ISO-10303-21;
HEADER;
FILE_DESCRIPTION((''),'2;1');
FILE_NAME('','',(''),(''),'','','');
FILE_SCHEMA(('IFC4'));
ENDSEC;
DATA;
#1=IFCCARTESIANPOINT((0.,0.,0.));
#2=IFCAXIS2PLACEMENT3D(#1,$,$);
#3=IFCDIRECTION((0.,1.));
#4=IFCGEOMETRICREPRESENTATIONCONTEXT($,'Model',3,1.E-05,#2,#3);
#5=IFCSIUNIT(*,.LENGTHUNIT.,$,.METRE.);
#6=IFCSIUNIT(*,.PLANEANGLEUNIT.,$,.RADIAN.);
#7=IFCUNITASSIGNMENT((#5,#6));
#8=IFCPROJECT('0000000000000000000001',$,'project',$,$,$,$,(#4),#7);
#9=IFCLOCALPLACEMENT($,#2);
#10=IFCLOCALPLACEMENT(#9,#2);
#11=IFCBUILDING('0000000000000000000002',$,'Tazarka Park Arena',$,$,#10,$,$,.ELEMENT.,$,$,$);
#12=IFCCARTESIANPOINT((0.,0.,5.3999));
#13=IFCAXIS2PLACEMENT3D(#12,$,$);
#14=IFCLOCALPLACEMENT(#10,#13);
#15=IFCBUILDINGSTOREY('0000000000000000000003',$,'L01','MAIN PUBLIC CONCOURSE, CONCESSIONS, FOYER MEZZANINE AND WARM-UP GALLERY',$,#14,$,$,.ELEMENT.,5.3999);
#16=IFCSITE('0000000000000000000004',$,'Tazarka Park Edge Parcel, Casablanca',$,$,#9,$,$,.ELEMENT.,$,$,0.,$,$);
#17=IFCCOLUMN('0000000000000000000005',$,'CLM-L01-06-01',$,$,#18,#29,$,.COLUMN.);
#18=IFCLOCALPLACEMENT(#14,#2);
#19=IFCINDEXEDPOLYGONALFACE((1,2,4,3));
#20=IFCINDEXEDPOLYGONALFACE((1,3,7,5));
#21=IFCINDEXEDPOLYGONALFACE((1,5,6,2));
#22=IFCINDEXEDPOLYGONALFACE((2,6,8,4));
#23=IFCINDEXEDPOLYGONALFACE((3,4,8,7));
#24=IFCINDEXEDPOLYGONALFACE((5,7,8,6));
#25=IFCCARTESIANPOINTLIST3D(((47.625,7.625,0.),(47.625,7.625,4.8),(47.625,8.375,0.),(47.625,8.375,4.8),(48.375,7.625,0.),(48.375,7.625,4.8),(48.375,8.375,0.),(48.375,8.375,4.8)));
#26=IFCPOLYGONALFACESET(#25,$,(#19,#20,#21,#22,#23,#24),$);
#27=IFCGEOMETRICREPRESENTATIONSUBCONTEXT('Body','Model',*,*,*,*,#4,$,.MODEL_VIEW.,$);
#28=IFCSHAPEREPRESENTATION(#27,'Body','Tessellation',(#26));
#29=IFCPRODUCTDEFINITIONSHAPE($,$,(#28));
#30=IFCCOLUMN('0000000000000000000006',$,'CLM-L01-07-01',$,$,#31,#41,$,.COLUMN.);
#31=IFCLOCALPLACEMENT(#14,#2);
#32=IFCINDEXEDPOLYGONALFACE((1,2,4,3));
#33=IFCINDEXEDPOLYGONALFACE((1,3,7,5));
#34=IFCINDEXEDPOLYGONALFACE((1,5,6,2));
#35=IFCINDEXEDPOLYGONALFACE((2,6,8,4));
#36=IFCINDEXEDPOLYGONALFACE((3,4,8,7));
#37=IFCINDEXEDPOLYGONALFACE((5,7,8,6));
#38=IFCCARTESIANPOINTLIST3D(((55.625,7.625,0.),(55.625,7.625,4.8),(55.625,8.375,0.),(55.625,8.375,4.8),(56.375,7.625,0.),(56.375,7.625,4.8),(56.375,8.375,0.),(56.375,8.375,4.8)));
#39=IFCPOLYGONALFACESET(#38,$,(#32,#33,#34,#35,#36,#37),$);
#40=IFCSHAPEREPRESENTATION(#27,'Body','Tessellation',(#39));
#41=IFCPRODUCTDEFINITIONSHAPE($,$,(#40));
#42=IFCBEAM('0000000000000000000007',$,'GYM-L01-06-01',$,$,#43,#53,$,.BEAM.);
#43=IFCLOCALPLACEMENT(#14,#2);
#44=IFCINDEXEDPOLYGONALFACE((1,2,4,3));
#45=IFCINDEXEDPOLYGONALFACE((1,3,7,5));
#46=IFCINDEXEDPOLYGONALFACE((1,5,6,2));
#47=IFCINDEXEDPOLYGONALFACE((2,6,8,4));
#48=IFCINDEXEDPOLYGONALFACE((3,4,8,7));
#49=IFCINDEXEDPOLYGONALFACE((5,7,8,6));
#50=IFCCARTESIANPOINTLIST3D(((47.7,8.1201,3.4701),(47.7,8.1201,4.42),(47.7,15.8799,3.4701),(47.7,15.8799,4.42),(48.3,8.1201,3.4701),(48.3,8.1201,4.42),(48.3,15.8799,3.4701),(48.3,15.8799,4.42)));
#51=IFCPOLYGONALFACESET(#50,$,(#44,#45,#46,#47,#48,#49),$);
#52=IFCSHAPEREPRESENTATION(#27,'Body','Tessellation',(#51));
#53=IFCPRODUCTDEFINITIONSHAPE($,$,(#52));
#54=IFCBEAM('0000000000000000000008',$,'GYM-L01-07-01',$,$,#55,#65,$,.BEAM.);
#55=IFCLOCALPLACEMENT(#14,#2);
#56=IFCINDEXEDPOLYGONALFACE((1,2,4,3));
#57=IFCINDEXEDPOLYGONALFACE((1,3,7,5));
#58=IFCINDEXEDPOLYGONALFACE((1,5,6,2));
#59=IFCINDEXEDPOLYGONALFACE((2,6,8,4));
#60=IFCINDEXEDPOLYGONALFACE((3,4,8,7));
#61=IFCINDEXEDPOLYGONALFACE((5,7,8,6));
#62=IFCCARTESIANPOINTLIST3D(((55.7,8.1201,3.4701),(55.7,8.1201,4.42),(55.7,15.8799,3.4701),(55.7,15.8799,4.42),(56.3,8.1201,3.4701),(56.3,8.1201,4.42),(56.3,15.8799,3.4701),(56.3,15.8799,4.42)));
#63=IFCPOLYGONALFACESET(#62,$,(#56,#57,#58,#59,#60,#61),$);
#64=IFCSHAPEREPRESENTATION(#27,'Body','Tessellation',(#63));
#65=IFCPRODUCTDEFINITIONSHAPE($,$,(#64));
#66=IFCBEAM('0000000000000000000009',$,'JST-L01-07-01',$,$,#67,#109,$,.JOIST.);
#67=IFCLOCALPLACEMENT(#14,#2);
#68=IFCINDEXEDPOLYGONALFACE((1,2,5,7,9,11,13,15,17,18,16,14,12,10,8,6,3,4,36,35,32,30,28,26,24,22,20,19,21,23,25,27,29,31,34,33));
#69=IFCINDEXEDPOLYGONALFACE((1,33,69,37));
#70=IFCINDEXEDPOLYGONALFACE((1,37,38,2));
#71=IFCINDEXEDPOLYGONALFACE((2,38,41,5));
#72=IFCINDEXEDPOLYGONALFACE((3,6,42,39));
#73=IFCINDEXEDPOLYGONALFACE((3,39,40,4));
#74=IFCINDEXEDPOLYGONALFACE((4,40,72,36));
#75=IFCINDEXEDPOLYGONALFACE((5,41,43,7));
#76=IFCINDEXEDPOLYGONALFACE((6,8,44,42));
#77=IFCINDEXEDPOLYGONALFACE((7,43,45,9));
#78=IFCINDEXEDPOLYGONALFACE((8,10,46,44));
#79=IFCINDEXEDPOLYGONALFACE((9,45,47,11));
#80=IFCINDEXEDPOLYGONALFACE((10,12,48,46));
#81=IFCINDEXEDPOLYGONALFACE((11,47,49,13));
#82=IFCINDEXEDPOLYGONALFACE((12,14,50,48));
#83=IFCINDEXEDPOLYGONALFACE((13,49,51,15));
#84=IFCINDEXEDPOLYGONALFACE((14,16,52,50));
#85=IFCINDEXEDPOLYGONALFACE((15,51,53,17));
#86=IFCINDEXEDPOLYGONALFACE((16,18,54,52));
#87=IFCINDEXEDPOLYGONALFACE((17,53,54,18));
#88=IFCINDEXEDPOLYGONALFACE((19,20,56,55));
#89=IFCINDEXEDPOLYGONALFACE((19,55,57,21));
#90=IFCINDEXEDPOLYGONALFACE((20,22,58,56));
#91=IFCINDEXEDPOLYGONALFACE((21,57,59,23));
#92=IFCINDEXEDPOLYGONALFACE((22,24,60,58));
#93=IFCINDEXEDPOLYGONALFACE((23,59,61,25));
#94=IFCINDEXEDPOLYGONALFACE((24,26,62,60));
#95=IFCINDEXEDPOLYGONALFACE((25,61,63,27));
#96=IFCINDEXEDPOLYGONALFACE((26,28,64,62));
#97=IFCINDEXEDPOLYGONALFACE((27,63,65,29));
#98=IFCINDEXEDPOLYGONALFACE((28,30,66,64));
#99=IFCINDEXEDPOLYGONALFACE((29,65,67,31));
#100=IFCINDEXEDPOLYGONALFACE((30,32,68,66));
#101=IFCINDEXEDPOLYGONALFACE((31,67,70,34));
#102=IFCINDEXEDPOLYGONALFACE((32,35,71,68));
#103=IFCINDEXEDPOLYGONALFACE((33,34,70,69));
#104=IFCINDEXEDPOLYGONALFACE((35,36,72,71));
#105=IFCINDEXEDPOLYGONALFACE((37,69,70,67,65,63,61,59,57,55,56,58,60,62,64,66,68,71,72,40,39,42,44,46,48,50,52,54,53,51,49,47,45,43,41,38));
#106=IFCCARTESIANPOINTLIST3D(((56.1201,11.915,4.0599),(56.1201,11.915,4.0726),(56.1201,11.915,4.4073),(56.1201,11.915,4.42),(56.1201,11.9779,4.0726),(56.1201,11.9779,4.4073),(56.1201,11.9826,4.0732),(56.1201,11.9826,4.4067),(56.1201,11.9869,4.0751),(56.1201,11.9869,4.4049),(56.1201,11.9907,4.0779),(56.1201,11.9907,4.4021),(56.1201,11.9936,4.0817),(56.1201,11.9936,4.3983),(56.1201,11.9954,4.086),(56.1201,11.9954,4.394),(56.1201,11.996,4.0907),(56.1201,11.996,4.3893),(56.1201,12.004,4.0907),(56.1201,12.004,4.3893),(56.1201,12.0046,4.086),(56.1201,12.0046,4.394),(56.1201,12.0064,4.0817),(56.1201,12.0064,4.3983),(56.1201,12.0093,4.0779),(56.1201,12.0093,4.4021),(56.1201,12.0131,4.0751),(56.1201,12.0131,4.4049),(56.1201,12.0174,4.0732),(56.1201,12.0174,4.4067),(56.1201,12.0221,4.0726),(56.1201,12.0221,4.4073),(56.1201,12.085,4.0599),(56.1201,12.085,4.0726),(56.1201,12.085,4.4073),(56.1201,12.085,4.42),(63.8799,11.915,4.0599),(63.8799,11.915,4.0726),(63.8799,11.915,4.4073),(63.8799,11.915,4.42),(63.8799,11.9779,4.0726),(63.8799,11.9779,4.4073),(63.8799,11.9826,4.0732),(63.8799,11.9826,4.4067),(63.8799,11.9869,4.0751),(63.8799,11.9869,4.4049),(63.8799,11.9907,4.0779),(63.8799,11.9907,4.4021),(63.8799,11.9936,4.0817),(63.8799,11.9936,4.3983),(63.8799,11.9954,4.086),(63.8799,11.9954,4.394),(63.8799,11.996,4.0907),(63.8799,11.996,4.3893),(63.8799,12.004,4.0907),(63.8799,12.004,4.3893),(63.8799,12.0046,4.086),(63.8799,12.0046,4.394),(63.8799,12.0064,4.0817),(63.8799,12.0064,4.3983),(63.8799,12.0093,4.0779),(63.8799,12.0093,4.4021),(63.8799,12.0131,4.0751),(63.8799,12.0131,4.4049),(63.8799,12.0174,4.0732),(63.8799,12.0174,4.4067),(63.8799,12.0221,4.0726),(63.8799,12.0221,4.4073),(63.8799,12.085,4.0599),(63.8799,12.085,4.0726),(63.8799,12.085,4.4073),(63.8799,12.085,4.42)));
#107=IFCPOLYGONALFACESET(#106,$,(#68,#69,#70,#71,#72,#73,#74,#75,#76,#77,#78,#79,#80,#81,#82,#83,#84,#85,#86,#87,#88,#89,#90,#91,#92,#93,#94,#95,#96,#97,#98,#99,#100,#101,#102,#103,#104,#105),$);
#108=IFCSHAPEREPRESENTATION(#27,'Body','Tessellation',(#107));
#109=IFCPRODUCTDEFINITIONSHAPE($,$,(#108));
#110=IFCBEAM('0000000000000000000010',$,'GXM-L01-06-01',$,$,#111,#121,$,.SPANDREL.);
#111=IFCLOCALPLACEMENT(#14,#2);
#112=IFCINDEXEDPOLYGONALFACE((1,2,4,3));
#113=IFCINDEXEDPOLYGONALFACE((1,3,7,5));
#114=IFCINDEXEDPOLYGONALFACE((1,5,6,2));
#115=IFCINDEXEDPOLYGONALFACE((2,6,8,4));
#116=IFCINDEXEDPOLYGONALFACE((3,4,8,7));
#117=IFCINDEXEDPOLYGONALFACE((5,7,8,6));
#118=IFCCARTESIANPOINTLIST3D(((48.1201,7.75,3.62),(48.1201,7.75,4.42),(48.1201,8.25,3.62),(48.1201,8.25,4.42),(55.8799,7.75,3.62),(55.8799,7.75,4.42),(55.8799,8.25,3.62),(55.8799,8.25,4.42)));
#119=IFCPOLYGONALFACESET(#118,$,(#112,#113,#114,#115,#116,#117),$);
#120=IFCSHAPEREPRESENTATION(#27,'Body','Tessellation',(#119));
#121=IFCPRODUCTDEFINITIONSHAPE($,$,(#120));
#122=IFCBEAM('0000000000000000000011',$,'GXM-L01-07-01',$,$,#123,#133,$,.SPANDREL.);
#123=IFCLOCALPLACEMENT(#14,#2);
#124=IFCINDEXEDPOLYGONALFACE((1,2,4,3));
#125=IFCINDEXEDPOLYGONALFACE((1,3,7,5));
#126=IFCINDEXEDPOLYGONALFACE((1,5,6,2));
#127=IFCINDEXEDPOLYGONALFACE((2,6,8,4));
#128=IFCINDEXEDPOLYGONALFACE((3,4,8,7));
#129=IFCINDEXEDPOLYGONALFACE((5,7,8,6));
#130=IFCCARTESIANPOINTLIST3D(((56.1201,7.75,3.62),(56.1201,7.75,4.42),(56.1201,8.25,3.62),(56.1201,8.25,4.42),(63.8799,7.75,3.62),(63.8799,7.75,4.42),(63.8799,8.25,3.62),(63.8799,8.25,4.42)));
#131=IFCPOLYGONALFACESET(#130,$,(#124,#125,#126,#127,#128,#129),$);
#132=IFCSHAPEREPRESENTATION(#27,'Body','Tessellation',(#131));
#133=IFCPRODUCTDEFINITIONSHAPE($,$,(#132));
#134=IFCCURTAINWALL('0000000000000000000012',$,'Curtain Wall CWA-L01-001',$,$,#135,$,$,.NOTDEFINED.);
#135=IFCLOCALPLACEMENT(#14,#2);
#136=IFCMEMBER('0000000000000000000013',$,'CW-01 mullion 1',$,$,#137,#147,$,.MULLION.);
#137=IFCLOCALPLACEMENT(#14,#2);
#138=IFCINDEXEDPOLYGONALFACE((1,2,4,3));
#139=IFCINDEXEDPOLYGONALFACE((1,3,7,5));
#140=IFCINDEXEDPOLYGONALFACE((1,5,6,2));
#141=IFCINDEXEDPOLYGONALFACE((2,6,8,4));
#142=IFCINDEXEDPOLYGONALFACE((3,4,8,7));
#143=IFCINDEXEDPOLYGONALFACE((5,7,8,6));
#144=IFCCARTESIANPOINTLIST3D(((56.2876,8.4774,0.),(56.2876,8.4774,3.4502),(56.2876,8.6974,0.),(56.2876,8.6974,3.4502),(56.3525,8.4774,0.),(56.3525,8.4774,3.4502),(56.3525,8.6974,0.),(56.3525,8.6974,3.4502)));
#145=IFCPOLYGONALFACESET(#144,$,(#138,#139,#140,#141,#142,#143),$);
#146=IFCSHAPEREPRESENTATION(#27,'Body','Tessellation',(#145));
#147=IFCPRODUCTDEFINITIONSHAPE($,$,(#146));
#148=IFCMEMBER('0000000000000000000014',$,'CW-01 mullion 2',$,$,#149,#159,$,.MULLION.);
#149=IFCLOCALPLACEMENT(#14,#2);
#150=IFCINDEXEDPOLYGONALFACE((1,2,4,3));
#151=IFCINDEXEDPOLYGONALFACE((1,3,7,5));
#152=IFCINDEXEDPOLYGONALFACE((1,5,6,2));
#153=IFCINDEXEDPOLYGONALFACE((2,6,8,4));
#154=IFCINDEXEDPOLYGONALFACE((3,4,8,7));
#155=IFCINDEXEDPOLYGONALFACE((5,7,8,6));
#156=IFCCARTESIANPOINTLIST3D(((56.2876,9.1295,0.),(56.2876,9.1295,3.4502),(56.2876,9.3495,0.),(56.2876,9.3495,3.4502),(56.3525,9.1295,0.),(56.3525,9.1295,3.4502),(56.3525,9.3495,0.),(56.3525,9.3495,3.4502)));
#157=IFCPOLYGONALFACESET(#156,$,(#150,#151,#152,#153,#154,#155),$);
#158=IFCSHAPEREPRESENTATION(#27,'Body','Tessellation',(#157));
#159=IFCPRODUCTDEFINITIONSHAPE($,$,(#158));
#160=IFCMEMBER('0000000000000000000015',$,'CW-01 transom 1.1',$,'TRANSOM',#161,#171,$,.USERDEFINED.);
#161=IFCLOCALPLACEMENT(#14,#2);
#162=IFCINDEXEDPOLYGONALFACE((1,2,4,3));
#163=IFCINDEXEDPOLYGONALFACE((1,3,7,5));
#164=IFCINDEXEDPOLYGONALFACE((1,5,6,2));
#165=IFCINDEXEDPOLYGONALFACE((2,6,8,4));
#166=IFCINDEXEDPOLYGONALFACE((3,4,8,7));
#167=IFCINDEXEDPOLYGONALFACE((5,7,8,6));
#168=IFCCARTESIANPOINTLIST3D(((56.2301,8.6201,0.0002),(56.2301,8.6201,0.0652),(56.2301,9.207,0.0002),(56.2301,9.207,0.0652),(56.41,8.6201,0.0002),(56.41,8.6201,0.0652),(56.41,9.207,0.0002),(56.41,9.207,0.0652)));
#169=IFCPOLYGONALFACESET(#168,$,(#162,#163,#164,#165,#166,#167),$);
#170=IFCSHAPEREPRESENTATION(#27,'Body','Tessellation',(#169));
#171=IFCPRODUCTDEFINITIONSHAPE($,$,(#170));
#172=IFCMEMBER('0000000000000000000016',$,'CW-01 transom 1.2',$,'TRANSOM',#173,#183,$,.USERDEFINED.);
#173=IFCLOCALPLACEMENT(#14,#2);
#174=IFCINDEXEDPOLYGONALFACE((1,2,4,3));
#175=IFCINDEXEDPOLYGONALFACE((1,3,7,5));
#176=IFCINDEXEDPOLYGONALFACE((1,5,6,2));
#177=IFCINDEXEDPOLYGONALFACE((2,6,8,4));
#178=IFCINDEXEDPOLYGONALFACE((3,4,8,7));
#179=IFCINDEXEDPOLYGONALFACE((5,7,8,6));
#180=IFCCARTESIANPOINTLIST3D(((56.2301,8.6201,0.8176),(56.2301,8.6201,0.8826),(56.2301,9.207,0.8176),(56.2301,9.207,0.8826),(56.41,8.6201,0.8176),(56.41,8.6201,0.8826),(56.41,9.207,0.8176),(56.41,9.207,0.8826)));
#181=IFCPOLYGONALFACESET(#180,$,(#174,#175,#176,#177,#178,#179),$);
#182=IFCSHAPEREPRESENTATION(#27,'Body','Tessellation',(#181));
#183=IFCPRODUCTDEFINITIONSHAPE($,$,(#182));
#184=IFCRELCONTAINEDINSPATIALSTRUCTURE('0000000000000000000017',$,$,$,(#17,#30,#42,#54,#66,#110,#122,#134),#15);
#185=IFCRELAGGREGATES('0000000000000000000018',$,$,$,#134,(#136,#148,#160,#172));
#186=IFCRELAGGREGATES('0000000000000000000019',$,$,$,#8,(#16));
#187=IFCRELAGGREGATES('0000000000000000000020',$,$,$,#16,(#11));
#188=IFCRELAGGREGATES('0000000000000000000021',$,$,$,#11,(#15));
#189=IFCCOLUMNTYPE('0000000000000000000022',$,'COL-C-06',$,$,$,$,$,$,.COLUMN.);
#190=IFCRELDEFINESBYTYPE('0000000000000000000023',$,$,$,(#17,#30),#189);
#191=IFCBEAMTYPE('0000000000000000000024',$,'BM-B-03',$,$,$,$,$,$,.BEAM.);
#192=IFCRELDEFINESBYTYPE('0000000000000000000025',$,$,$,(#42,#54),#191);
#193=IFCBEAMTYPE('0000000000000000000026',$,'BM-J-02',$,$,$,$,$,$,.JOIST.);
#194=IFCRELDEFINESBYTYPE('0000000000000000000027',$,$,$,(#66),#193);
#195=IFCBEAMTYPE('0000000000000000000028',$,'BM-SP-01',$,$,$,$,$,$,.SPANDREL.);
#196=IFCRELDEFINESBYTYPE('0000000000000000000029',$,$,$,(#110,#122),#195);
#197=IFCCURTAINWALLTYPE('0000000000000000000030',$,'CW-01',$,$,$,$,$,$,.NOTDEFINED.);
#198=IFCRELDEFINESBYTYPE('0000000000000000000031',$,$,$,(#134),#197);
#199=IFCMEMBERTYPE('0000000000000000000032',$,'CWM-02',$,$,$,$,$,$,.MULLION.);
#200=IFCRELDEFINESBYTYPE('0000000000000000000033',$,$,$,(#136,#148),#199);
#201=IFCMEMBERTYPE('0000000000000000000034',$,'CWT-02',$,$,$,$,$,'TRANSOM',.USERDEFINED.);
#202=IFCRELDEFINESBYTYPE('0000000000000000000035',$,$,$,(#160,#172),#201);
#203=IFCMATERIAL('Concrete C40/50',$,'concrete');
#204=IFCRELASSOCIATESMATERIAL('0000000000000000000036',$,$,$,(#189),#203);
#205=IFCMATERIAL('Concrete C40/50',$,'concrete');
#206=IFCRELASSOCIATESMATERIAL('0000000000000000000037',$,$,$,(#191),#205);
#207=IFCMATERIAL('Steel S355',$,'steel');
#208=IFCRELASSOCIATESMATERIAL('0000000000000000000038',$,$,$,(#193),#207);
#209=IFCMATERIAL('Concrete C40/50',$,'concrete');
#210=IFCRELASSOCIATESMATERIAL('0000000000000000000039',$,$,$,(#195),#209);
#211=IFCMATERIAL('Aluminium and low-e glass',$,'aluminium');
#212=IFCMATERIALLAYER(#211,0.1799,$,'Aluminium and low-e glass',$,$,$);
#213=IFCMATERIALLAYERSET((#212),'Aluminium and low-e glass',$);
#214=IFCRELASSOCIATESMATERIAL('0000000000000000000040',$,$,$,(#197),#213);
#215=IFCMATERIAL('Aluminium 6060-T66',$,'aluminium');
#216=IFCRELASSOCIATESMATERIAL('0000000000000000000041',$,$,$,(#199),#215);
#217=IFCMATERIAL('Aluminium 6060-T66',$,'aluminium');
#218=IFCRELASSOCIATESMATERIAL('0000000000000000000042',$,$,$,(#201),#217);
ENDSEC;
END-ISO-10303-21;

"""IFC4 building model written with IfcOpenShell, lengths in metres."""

from ifc_helpers import new_model, si_unit, direction, frame, origin, origin_2d, place, context, subcontext, project, spatial, rectangle, i_section, extrude, material, layer, layer_set, material_profile, profile_set, type_object, element, aggregate, save


model = new_model("IFC4")

# Units and contexts
model_context = context("Model", 3, precision=1e-05, world=origin(), true_north=direction((0.0, 1.0)))
body_context = subcontext(model_context, "Body", "Model", "MODEL_VIEW")
ifc_project = project(units=[si_unit("LENGTHUNIT", "METRE"), si_unit("PLANEANGLEUNIT", "RADIAN")], contexts=[model_context])

# Site, building, storey
site_placement = place(None, origin())
site = spatial("IfcSite", under=ifc_project, at=site_placement, Name="Tazarka Park Edge Parcel, Casablanca", CompositionType="ELEMENT", RefElevation=0.0)
building_placement = place(site_placement, origin())
building = spatial("IfcBuilding", under=site, at=building_placement, Name="Tazarka Park Arena", CompositionType="ELEMENT")
storey_placement = place(building_placement, frame((0.0, 0.0, 5.3999)))
storey = spatial("IfcBuildingStorey", under=building, at=storey_placement, Name="L01", Description="MAIN PUBLIC CONCOURSE, CONCESSIONS, FOYER MEZZANINE AND WARM-UP GALLERY", CompositionType="ELEMENT", Elevation=5.3999)

# Columns
ifc_material_1 = material(Name="Concrete C40/50", Category="concrete")
ifc_material_profile_1 = material_profile(ifc_material_1, rectangle(XDim=0.75, YDim=0.75, at=origin_2d()), Name="Concrete C40/50")
ifc_profile_set_1 = profile_set([ifc_material_profile_1], Name="Concrete C40/50")
column_type = type_object("IfcColumnType", Name="COL-C-06", PredefinedType="COLUMN", material=ifc_profile_set_1)
for number, where, z_axis, x_axis, name in (
    (1, (48.0, 8.0, 0.0), (0.0, 0.0, 1.0), (1.0, 0.0, 0.0), "CLM-L01-06-01"),
    (2, (56.0, 8.0, 0.0), (0.0, 0.0, 1.0), (1.0, 0.0, 0.0), "CLM-L01-07-01"),
):
    element("IfcColumn", number, at=place(storey_placement, frame(where, z_axis=z_axis, x_axis=x_axis)), inside=storey, type_object=column_type, Name=name, PredefinedType="COLUMN", context=body_context, shape_type="SweptSolid", body=[
        extrude(rectangle(XDim=0.75, YDim=0.75, at=origin_2d()), origin(), (0.0, 0.0, 1.0), 4.8),
    ])

# Beams
ifc_material_2 = material(Name="Concrete C40/50", Category="concrete")
ifc_material_profile_2 = material_profile(ifc_material_2, rectangle(XDim=0.6001, YDim=0.95, at=origin_2d()), Name="Concrete C40/50")
ifc_profile_set_2 = profile_set([ifc_material_profile_2], Name="Concrete C40/50")
beam_type_1 = type_object("IfcBeamType", Name="BM-B-03", PredefinedType="BEAM", material=ifc_profile_set_2)
for number, where, z_axis, x_axis, name in (
    (3, (48.0, 8.1201, 3.9451), (0.0, 1.0, 0.0), (-1.0, 0.0, 0.0), "GYM-L01-06-01"),
    (4, (56.0, 8.1201, 3.9451), (0.0, 1.0, 0.0), (-1.0, 0.0, 0.0), "GYM-L01-07-01"),
):
    element("IfcBeam", number, at=place(storey_placement, frame(where, z_axis=z_axis, x_axis=x_axis)), inside=storey, type_object=beam_type_1, Name=name, PredefinedType="BEAM", context=body_context, shape_type="SweptSolid", body=[
        extrude(rectangle(XDim=0.6001, YDim=0.95, at=origin_2d()), origin(), (0.0, 0.0, 1.0), 7.7598),
    ])
ifc_material_3 = material(Name="Steel S355", Category="steel")
ifc_material_profile_3 = material_profile(ifc_material_3, i_section(OverallWidth=0.1699, OverallDepth=0.3601, WebThickness=0.0081, FlangeThickness=0.0127, FilletRadius=0.0181, at=origin_2d()), Name="Steel S355")
ifc_profile_set_3 = profile_set([ifc_material_profile_3], Name="Steel S355")
beam_type_2 = type_object("IfcBeamType", Name="BM-J-02", PredefinedType="JOIST", material=ifc_profile_set_3)
beam_placement = place(storey_placement, frame((56.1201, 12.0, 4.24), z_axis=(1.0, 0.0, 0.0), x_axis=(0.0, 1.0, 0.0)))
element("IfcBeam", 5, at=beam_placement, inside=storey, type_object=beam_type_2, Name="JST-L01-07-01", PredefinedType="JOIST", context=body_context, shape_type="SweptSolid", body=[
    extrude(i_section(OverallWidth=0.1699, OverallDepth=0.3601, WebThickness=0.0081, FlangeThickness=0.0127, FilletRadius=0.0181, at=origin_2d()), origin(), (0.0, 0.0, 1.0), 7.7598),
])
ifc_material_4 = material(Name="Concrete C40/50", Category="concrete")
ifc_material_profile_4 = material_profile(ifc_material_4, rectangle(XDim=0.5, YDim=0.8, at=origin_2d()), Name="Concrete C40/50")
ifc_profile_set_4 = profile_set([ifc_material_profile_4], Name="Concrete C40/50")
beam_type_3 = type_object("IfcBeamType", Name="BM-SP-01", PredefinedType="SPANDREL", material=ifc_profile_set_4)
for number, where, z_axis, x_axis, name in (
    (6, (48.1201, 8.0, 4.02), (1.0, 0.0, 0.0), (0.0, 1.0, 0.0), "GXM-L01-06-01"),
    (7, (56.1201, 8.0, 4.02), (1.0, 0.0, 0.0), (0.0, 1.0, 0.0), "GXM-L01-07-01"),
):
    element("IfcBeam", number, at=place(storey_placement, frame(where, z_axis=z_axis, x_axis=x_axis)), inside=storey, type_object=beam_type_3, Name=name, PredefinedType="SPANDREL", context=body_context, shape_type="SweptSolid", body=[
        extrude(rectangle(XDim=0.5, YDim=0.8, at=origin_2d()), origin(), (0.0, 0.0, 1.0), 7.7598),
    ])

# Curtain wall, members
ifc_material_5 = material(Name="Aluminium and low-e glass", Category="aluminium")
ifc_layer_1 = layer(ifc_material_5, 0.1799, Name="Aluminium and low-e glass")
ifc_layer_set_1 = layer_set([ifc_layer_1], Name="Aluminium and low-e glass")
curtain_wall_type = type_object("IfcCurtainWallType", Name="CW-01", PredefinedType="NOTDEFINED", material=ifc_layer_set_1)
curtain_wall_placement = place(storey_placement, origin())
curtain_wall = element("IfcCurtainWall", 8, at=curtain_wall_placement, inside=storey, type_object=curtain_wall_type, Name="Curtain Wall CWA-L01-001", PredefinedType="NOTDEFINED")
ifc_material_6 = material(Name="Aluminium 6060-T66", Category="aluminium")
ifc_material_profile_5 = material_profile(ifc_material_6, rectangle(XDim=0.0649, YDim=0.22, at=origin_2d()), Name="Aluminium 6060-T66")
ifc_profile_set_5 = profile_set([ifc_material_profile_5], Name="Aluminium 6060-T66")
member_type_1 = type_object("IfcMemberType", Name="CWM-02", PredefinedType="MULLION", material=ifc_profile_set_5)
member_1_placement = place(storey_placement, frame((56.3201, 8.5874, 0.0), z_axis=(0.0, 0.0, 1.0), x_axis=(-1.0, 0.0, 0.0)))
member_1 = element("IfcMember", 9, at=member_1_placement, type_object=member_type_1, Name="CW-01 mullion 1", PredefinedType="MULLION", context=body_context, shape_type="SweptSolid", body=[
    extrude(rectangle(XDim=0.0649, YDim=0.22, at=origin_2d()), origin(), (0.0, 0.0, 1.0), 3.4502),
])
member_2_placement = place(storey_placement, frame((56.3201, 9.2395, 0.0), z_axis=(0.0, 0.0, 1.0), x_axis=(-1.0, 0.0, 0.0)))
member_2 = element("IfcMember", 10, at=member_2_placement, type_object=member_type_1, Name="CW-01 mullion 2", PredefinedType="MULLION", context=body_context, shape_type="SweptSolid", body=[
    extrude(rectangle(XDim=0.0649, YDim=0.22, at=origin_2d()), origin(), (0.0, 0.0, 1.0), 3.4502),
])
ifc_material_7 = material(Name="Aluminium 6060-T66", Category="aluminium")
ifc_material_profile_6 = material_profile(ifc_material_7, rectangle(XDim=0.1799, YDim=0.0649, at=origin_2d()), Name="Aluminium 6060-T66")
ifc_profile_set_6 = profile_set([ifc_material_profile_6], Name="Aluminium 6060-T66")
member_type_2 = type_object("IfcMemberType", Name="CWT-02", ElementType="TRANSOM", PredefinedType="USERDEFINED", material=ifc_profile_set_6)
member_3_placement = place(storey_placement, frame((56.3201, 8.6201, 0.0327), z_axis=(0.0, 1.0, 0.0), x_axis=(-1.0, 0.0, 0.0)))
member_3 = element("IfcMember", 11, at=member_3_placement, type_object=member_type_2, Name="CW-01 transom 1.1", ObjectType="TRANSOM", PredefinedType="USERDEFINED", context=body_context, shape_type="SweptSolid", body=[
    extrude(rectangle(XDim=0.1799, YDim=0.0649, at=origin_2d()), origin(), (0.0, 0.0, 1.0), 0.5869),
])
member_4_placement = place(storey_placement, frame((56.3201, 8.6201, 0.8501), z_axis=(0.0, 1.0, 0.0), x_axis=(-1.0, 0.0, 0.0)))
member_4 = element("IfcMember", 12, at=member_4_placement, type_object=member_type_2, Name="CW-01 transom 1.2", ObjectType="TRANSOM", PredefinedType="USERDEFINED", context=body_context, shape_type="SweptSolid", body=[
    extrude(rectangle(XDim=0.1799, YDim=0.0649, at=origin_2d()), origin(), (0.0, 0.0, 1.0), 0.5869),
])
aggregate(curtain_wall, [member_1, member_2, member_3, member_4])

save(model, "model.ifc")
